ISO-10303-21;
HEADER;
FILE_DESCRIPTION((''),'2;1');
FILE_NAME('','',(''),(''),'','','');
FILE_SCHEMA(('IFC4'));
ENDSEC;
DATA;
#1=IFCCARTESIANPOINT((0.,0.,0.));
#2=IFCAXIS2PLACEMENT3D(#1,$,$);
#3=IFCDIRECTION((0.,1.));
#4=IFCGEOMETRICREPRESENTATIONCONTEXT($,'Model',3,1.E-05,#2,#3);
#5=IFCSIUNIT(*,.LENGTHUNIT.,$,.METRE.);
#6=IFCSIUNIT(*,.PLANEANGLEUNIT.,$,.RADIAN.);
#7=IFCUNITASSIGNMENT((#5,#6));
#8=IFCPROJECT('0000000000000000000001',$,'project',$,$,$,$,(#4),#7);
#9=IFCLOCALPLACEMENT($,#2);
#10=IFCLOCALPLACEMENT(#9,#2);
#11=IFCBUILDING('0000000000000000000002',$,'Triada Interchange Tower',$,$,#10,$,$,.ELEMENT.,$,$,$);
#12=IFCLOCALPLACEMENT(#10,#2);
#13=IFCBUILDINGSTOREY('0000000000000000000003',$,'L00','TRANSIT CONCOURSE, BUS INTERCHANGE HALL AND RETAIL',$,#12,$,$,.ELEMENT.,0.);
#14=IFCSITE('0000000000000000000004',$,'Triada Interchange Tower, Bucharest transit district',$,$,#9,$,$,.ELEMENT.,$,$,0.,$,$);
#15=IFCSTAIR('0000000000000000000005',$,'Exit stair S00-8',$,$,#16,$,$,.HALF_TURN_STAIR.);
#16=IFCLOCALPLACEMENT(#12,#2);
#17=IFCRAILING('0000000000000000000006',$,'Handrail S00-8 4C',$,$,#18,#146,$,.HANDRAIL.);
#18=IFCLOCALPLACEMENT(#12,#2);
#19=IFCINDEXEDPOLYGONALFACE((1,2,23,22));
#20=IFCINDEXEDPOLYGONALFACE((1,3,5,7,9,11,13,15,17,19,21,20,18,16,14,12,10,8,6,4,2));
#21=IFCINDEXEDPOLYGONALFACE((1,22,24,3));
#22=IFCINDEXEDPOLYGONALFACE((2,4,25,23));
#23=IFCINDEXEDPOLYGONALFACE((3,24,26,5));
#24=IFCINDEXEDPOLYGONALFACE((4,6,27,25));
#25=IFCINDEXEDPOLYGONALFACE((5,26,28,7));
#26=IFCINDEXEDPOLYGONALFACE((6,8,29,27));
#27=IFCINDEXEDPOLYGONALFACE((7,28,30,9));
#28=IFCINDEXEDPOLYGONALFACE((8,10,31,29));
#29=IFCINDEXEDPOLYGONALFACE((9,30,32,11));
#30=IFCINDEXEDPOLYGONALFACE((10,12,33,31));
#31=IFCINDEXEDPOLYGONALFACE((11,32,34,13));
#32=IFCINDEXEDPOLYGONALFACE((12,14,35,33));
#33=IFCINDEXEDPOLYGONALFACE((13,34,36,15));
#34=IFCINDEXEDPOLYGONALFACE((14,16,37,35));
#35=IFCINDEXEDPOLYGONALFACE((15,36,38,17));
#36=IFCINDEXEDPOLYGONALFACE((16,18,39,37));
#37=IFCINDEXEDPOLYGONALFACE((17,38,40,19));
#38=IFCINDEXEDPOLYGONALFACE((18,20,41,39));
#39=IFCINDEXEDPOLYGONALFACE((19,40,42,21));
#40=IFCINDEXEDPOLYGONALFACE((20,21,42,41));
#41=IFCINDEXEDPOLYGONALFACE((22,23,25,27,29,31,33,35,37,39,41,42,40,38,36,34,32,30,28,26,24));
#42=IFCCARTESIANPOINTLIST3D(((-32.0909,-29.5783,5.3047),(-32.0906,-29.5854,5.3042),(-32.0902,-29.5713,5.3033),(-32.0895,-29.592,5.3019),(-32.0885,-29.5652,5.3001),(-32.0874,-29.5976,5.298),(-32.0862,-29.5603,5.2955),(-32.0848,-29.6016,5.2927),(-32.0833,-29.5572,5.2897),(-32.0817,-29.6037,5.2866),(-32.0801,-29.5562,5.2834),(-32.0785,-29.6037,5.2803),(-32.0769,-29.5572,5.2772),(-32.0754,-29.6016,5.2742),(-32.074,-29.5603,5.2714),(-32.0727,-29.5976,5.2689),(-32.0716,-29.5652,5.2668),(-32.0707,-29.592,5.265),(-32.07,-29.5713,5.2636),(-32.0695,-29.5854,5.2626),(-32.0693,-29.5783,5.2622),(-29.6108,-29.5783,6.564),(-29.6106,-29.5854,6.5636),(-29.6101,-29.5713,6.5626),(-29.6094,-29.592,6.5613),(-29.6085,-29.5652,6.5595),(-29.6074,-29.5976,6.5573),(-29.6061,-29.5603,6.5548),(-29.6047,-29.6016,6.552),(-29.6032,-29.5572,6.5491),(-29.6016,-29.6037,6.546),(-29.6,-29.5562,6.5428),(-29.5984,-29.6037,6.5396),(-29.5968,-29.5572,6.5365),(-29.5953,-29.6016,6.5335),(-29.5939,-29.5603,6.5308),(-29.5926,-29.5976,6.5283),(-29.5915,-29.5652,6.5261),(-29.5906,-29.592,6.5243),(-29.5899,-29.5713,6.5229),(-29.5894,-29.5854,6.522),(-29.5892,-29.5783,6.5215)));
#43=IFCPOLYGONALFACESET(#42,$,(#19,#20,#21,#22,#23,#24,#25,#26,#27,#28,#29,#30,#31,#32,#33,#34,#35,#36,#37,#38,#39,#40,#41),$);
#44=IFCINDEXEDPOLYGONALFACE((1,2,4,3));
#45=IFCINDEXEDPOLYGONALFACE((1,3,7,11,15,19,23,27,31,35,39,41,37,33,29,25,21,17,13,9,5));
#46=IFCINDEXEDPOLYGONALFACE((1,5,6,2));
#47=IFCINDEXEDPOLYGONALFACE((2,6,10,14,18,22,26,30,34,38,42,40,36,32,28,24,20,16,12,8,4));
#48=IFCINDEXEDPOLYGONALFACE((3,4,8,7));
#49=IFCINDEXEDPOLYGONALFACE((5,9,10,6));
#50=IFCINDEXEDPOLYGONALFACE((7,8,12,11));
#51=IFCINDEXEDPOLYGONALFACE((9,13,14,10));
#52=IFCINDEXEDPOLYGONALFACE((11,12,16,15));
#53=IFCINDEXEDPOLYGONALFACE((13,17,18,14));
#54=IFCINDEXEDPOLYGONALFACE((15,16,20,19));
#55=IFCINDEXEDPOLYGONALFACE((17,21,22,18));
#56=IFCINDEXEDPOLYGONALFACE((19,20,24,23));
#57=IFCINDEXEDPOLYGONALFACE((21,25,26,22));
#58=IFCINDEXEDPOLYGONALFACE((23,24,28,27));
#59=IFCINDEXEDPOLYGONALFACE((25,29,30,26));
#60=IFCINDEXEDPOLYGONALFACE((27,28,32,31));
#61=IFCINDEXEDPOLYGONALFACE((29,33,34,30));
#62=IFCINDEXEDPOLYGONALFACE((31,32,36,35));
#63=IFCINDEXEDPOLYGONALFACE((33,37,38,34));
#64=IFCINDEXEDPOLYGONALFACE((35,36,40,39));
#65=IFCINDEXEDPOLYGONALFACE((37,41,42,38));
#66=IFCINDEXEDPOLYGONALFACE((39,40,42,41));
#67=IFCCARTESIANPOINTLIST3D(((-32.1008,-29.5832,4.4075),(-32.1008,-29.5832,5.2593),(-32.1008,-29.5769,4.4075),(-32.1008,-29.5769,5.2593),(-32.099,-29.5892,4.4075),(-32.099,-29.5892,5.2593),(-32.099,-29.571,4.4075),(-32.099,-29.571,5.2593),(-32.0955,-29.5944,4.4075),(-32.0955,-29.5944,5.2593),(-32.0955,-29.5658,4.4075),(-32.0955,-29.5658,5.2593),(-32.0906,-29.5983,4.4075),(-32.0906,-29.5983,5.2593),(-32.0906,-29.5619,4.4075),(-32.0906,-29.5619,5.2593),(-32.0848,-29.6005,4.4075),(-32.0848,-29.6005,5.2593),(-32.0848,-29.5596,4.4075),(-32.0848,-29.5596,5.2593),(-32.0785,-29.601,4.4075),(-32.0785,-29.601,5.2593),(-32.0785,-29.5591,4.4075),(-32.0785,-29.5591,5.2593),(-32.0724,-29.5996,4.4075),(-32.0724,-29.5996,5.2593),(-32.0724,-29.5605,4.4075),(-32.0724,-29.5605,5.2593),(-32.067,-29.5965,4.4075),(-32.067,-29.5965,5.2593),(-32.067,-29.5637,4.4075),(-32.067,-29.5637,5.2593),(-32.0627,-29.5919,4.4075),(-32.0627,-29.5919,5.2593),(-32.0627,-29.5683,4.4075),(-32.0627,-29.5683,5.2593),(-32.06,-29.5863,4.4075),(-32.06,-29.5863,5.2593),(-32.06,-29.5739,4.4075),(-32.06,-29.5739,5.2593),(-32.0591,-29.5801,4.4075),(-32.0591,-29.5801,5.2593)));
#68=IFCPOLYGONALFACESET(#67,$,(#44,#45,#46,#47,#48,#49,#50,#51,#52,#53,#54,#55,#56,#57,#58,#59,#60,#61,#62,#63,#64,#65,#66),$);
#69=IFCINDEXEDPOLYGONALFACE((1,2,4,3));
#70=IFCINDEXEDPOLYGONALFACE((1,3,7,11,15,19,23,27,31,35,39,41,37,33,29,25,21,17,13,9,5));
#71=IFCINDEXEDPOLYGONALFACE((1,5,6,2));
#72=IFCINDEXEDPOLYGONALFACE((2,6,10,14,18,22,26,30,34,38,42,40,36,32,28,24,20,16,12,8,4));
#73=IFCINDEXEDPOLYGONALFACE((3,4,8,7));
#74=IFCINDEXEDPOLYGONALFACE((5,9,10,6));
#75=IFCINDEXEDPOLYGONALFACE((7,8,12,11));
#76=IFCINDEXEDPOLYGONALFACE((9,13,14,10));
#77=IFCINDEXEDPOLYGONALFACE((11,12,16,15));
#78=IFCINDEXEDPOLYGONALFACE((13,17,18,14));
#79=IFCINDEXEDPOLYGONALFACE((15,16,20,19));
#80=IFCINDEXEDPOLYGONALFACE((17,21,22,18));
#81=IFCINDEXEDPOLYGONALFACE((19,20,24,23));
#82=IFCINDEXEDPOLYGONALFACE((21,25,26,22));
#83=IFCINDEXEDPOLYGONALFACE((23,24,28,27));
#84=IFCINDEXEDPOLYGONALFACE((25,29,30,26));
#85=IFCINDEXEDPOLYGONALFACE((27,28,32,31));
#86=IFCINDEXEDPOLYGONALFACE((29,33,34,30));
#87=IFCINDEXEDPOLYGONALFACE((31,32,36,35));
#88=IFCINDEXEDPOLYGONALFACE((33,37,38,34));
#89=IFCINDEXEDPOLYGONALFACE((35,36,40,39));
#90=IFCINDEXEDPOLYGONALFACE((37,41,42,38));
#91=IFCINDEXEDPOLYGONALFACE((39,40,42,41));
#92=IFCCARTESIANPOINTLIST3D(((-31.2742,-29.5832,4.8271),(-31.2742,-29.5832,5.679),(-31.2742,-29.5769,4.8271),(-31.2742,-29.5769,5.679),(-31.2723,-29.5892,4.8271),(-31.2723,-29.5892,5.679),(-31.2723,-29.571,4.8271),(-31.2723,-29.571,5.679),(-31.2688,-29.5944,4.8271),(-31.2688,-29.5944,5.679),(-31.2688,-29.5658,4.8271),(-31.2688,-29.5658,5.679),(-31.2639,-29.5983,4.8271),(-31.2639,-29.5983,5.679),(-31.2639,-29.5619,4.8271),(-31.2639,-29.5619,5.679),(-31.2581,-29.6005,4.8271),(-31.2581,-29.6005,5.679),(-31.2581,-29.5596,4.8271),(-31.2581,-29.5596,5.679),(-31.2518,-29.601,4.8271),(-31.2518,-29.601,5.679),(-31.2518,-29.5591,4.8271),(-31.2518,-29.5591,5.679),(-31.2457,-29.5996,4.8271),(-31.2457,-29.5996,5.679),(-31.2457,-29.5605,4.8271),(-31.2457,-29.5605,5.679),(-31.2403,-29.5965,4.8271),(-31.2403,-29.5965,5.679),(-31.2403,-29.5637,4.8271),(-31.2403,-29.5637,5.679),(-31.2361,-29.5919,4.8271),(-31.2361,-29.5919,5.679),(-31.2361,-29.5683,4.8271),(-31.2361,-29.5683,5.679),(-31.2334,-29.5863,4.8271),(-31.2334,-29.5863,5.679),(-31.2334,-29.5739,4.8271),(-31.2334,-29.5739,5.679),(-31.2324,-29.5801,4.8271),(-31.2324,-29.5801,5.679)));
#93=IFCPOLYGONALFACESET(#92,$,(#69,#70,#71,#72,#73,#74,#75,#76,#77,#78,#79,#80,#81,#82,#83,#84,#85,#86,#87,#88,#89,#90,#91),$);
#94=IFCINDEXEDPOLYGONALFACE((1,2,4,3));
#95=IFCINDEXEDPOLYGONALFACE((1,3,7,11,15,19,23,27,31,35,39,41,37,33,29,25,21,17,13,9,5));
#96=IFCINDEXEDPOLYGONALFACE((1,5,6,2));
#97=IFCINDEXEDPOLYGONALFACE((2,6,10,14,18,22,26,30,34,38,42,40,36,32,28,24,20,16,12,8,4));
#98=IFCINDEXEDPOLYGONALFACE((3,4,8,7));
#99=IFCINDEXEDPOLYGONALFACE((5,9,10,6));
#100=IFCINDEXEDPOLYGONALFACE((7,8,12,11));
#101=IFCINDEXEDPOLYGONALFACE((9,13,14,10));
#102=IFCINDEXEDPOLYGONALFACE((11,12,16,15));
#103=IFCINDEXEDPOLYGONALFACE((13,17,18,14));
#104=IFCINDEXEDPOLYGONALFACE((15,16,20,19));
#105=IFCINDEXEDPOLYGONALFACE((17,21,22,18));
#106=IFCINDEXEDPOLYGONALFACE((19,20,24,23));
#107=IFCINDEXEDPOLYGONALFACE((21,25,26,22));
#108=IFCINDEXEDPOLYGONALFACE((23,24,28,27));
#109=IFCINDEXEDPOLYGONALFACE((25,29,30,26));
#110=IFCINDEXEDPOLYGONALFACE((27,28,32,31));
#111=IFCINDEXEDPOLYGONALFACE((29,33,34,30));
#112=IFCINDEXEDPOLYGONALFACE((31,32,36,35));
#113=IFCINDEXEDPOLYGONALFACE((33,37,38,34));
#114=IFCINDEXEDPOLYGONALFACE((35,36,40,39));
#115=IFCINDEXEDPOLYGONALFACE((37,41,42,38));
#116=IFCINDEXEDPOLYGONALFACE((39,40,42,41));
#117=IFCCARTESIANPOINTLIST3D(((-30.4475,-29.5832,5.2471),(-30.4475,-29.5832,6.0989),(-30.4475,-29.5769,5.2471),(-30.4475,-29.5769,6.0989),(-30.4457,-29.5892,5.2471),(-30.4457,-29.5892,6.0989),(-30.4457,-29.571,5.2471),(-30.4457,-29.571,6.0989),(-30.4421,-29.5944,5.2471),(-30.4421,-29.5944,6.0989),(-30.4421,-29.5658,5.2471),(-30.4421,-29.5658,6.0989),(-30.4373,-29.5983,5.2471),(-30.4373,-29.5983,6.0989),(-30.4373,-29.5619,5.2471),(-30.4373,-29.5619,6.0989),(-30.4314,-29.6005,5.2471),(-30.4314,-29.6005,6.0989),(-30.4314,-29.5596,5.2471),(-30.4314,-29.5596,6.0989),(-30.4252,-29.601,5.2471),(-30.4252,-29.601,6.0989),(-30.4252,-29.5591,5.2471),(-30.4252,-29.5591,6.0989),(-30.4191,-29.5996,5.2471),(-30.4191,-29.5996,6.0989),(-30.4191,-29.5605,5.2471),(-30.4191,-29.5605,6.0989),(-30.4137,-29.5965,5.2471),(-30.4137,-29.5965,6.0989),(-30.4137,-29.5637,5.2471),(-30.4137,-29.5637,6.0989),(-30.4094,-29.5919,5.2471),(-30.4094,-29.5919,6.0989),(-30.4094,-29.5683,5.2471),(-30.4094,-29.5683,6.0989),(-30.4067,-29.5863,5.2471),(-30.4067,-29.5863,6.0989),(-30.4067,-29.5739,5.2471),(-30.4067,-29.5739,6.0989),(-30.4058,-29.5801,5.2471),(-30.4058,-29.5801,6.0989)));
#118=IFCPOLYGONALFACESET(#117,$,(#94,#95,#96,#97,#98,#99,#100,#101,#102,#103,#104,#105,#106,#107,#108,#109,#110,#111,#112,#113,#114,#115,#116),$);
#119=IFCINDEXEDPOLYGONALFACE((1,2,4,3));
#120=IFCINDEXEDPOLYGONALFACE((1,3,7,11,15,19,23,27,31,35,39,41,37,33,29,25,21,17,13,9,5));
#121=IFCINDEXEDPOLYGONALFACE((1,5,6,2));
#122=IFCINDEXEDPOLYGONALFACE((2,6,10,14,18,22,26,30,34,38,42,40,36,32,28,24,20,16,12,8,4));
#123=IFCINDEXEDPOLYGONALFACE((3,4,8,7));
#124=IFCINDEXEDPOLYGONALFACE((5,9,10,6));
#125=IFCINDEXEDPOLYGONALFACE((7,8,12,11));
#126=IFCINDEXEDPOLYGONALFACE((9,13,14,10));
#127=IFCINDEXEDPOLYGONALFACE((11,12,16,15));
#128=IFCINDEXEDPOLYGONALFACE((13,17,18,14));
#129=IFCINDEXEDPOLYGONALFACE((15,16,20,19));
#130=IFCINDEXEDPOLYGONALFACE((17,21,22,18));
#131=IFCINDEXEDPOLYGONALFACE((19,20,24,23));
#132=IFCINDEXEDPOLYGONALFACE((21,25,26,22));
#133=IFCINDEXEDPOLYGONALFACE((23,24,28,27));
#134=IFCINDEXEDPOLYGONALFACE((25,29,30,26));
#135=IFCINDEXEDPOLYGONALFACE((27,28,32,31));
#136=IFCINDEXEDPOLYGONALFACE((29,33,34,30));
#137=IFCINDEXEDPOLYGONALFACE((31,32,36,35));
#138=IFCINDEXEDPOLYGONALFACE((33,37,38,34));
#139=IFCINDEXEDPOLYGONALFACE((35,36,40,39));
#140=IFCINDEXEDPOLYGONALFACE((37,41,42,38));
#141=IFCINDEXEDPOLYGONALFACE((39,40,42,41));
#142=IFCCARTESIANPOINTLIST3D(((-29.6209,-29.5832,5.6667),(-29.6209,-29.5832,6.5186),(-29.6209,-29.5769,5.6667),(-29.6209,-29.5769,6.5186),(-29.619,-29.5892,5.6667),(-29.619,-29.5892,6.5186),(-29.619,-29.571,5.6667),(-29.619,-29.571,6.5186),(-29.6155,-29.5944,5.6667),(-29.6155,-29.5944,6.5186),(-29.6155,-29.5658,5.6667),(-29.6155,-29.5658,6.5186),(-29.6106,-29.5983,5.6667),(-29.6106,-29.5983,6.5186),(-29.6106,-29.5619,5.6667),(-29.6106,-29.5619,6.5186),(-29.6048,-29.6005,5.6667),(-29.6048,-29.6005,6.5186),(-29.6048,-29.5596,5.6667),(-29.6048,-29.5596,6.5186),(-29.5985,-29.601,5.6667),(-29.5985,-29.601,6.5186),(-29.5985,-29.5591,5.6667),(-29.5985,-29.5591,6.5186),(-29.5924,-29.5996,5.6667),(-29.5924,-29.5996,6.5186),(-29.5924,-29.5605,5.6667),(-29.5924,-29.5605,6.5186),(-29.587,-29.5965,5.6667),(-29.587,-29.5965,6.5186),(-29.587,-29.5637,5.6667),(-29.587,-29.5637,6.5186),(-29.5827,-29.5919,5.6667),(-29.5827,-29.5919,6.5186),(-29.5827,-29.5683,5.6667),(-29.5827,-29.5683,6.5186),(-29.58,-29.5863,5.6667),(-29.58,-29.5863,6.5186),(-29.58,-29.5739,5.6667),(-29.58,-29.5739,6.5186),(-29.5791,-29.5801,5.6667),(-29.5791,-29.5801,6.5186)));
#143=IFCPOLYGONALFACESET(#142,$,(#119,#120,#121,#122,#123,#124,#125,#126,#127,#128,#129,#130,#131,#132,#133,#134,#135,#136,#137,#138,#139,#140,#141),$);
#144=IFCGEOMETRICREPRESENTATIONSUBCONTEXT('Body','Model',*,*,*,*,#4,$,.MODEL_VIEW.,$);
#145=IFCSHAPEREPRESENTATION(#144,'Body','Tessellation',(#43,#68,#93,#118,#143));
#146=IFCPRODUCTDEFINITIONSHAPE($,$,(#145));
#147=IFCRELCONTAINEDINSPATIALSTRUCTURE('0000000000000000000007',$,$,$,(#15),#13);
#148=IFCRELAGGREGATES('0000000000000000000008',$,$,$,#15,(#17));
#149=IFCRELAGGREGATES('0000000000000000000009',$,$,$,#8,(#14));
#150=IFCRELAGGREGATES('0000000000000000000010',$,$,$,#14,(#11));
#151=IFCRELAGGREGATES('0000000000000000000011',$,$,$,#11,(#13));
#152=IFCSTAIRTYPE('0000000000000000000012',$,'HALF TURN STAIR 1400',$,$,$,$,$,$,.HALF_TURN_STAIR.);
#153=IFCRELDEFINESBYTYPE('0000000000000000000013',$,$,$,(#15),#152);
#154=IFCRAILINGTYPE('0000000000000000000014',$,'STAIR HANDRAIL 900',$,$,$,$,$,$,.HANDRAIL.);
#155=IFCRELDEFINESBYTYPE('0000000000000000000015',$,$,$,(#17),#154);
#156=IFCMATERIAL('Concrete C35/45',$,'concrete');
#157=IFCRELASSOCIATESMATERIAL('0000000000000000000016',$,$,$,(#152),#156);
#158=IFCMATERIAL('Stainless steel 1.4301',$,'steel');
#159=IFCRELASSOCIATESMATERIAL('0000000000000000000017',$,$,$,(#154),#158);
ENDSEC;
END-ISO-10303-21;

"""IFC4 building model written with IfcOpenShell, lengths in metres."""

from ifc_helpers import new_model, si_unit, direction, frame, origin, origin_2d, place, context, subcontext, project, spatial, circle, extrude, material, type_object, element, aggregate, save


model = new_model("IFC4")

# Units and contexts
model_context = context("Model", 3, precision=1e-05, world=origin(), true_north=direction((0.0, 1.0)))
body_context = subcontext(model_context, "Body", "Model", "MODEL_VIEW")
ifc_project = project(units=[si_unit("LENGTHUNIT", "METRE"), si_unit("PLANEANGLEUNIT", "RADIAN")], contexts=[model_context])

# Site, building, storey
site_placement = place(None, origin())
site = spatial("IfcSite", under=ifc_project, at=site_placement, Name="Triada Interchange Tower, Bucharest transit district", CompositionType="ELEMENT", RefElevation=0.0)
building_placement = place(site_placement, origin())
building = spatial("IfcBuilding", under=site, at=building_placement, Name="Triada Interchange Tower", CompositionType="ELEMENT")
storey_placement = place(building_placement, origin())
storey = spatial("IfcBuildingStorey", under=building, at=storey_placement, Name="L00", Description="TRANSIT CONCOURSE, BUS INTERCHANGE HALL AND RETAIL", CompositionType="ELEMENT", Elevation=0.0)

# Stair, railing
ifc_material_1 = material(Name="Concrete C35/45", Category="concrete")
stair_type = type_object("IfcStairType", Name="HALF TURN STAIR 1400", PredefinedType="HALF_TURN_STAIR", material=ifc_material_1)
stair_placement = place(storey_placement, origin())
stair = element("IfcStair", 1, at=stair_placement, inside=storey, type_object=stair_type, Name="Exit stair S00-8", PredefinedType="HALF_TURN_STAIR")
ifc_material_2 = material(Name="Stainless steel 1.4301", Category="steel")
railing_type = type_object("IfcRailingType", Name="STAIR HANDRAIL 900", PredefinedType="HANDRAIL", material=ifc_material_2)
railing_1_placement = place(storey_placement, frame((-32.0801, -29.5801, 4.4075)))
railing_1 = element("IfcRailing", 2, at=railing_1_placement, type_object=railing_type, Name="Handrail S00-8 4C", PredefinedType="HANDRAIL", context=body_context, shape_type="SweptSolid", body=[
    extrude(circle(Radius=0.0239, at=origin_2d()), frame((0.0, 0.0, 0.876), z_axis=(0.891636, 0.0, 0.452752), x_axis=(0.0, 1.0, 0.0)), (0.0, 0.0, 1.0), 2.7815),
    extrude(circle(Radius=0.021, at=origin_2d()), origin(), (0.0, 0.0, 1.0), 0.8518),
    extrude(circle(Radius=0.021, at=origin_2d()), frame((0.8267, 0.0, 0.4197)), (0.0, 0.0, 1.0), 0.8518),
    extrude(circle(Radius=0.021, at=origin_2d()), frame((1.6533, 0.0, 0.8396)), (0.0, 0.0, 1.0), 0.8518),
    extrude(circle(Radius=0.021, at=origin_2d()), frame((2.48, 0.0, 1.2593)), (0.0, 0.0, 1.0), 0.8518),
])
aggregate(stair, [railing_1])

save(model, "model.ifc")
